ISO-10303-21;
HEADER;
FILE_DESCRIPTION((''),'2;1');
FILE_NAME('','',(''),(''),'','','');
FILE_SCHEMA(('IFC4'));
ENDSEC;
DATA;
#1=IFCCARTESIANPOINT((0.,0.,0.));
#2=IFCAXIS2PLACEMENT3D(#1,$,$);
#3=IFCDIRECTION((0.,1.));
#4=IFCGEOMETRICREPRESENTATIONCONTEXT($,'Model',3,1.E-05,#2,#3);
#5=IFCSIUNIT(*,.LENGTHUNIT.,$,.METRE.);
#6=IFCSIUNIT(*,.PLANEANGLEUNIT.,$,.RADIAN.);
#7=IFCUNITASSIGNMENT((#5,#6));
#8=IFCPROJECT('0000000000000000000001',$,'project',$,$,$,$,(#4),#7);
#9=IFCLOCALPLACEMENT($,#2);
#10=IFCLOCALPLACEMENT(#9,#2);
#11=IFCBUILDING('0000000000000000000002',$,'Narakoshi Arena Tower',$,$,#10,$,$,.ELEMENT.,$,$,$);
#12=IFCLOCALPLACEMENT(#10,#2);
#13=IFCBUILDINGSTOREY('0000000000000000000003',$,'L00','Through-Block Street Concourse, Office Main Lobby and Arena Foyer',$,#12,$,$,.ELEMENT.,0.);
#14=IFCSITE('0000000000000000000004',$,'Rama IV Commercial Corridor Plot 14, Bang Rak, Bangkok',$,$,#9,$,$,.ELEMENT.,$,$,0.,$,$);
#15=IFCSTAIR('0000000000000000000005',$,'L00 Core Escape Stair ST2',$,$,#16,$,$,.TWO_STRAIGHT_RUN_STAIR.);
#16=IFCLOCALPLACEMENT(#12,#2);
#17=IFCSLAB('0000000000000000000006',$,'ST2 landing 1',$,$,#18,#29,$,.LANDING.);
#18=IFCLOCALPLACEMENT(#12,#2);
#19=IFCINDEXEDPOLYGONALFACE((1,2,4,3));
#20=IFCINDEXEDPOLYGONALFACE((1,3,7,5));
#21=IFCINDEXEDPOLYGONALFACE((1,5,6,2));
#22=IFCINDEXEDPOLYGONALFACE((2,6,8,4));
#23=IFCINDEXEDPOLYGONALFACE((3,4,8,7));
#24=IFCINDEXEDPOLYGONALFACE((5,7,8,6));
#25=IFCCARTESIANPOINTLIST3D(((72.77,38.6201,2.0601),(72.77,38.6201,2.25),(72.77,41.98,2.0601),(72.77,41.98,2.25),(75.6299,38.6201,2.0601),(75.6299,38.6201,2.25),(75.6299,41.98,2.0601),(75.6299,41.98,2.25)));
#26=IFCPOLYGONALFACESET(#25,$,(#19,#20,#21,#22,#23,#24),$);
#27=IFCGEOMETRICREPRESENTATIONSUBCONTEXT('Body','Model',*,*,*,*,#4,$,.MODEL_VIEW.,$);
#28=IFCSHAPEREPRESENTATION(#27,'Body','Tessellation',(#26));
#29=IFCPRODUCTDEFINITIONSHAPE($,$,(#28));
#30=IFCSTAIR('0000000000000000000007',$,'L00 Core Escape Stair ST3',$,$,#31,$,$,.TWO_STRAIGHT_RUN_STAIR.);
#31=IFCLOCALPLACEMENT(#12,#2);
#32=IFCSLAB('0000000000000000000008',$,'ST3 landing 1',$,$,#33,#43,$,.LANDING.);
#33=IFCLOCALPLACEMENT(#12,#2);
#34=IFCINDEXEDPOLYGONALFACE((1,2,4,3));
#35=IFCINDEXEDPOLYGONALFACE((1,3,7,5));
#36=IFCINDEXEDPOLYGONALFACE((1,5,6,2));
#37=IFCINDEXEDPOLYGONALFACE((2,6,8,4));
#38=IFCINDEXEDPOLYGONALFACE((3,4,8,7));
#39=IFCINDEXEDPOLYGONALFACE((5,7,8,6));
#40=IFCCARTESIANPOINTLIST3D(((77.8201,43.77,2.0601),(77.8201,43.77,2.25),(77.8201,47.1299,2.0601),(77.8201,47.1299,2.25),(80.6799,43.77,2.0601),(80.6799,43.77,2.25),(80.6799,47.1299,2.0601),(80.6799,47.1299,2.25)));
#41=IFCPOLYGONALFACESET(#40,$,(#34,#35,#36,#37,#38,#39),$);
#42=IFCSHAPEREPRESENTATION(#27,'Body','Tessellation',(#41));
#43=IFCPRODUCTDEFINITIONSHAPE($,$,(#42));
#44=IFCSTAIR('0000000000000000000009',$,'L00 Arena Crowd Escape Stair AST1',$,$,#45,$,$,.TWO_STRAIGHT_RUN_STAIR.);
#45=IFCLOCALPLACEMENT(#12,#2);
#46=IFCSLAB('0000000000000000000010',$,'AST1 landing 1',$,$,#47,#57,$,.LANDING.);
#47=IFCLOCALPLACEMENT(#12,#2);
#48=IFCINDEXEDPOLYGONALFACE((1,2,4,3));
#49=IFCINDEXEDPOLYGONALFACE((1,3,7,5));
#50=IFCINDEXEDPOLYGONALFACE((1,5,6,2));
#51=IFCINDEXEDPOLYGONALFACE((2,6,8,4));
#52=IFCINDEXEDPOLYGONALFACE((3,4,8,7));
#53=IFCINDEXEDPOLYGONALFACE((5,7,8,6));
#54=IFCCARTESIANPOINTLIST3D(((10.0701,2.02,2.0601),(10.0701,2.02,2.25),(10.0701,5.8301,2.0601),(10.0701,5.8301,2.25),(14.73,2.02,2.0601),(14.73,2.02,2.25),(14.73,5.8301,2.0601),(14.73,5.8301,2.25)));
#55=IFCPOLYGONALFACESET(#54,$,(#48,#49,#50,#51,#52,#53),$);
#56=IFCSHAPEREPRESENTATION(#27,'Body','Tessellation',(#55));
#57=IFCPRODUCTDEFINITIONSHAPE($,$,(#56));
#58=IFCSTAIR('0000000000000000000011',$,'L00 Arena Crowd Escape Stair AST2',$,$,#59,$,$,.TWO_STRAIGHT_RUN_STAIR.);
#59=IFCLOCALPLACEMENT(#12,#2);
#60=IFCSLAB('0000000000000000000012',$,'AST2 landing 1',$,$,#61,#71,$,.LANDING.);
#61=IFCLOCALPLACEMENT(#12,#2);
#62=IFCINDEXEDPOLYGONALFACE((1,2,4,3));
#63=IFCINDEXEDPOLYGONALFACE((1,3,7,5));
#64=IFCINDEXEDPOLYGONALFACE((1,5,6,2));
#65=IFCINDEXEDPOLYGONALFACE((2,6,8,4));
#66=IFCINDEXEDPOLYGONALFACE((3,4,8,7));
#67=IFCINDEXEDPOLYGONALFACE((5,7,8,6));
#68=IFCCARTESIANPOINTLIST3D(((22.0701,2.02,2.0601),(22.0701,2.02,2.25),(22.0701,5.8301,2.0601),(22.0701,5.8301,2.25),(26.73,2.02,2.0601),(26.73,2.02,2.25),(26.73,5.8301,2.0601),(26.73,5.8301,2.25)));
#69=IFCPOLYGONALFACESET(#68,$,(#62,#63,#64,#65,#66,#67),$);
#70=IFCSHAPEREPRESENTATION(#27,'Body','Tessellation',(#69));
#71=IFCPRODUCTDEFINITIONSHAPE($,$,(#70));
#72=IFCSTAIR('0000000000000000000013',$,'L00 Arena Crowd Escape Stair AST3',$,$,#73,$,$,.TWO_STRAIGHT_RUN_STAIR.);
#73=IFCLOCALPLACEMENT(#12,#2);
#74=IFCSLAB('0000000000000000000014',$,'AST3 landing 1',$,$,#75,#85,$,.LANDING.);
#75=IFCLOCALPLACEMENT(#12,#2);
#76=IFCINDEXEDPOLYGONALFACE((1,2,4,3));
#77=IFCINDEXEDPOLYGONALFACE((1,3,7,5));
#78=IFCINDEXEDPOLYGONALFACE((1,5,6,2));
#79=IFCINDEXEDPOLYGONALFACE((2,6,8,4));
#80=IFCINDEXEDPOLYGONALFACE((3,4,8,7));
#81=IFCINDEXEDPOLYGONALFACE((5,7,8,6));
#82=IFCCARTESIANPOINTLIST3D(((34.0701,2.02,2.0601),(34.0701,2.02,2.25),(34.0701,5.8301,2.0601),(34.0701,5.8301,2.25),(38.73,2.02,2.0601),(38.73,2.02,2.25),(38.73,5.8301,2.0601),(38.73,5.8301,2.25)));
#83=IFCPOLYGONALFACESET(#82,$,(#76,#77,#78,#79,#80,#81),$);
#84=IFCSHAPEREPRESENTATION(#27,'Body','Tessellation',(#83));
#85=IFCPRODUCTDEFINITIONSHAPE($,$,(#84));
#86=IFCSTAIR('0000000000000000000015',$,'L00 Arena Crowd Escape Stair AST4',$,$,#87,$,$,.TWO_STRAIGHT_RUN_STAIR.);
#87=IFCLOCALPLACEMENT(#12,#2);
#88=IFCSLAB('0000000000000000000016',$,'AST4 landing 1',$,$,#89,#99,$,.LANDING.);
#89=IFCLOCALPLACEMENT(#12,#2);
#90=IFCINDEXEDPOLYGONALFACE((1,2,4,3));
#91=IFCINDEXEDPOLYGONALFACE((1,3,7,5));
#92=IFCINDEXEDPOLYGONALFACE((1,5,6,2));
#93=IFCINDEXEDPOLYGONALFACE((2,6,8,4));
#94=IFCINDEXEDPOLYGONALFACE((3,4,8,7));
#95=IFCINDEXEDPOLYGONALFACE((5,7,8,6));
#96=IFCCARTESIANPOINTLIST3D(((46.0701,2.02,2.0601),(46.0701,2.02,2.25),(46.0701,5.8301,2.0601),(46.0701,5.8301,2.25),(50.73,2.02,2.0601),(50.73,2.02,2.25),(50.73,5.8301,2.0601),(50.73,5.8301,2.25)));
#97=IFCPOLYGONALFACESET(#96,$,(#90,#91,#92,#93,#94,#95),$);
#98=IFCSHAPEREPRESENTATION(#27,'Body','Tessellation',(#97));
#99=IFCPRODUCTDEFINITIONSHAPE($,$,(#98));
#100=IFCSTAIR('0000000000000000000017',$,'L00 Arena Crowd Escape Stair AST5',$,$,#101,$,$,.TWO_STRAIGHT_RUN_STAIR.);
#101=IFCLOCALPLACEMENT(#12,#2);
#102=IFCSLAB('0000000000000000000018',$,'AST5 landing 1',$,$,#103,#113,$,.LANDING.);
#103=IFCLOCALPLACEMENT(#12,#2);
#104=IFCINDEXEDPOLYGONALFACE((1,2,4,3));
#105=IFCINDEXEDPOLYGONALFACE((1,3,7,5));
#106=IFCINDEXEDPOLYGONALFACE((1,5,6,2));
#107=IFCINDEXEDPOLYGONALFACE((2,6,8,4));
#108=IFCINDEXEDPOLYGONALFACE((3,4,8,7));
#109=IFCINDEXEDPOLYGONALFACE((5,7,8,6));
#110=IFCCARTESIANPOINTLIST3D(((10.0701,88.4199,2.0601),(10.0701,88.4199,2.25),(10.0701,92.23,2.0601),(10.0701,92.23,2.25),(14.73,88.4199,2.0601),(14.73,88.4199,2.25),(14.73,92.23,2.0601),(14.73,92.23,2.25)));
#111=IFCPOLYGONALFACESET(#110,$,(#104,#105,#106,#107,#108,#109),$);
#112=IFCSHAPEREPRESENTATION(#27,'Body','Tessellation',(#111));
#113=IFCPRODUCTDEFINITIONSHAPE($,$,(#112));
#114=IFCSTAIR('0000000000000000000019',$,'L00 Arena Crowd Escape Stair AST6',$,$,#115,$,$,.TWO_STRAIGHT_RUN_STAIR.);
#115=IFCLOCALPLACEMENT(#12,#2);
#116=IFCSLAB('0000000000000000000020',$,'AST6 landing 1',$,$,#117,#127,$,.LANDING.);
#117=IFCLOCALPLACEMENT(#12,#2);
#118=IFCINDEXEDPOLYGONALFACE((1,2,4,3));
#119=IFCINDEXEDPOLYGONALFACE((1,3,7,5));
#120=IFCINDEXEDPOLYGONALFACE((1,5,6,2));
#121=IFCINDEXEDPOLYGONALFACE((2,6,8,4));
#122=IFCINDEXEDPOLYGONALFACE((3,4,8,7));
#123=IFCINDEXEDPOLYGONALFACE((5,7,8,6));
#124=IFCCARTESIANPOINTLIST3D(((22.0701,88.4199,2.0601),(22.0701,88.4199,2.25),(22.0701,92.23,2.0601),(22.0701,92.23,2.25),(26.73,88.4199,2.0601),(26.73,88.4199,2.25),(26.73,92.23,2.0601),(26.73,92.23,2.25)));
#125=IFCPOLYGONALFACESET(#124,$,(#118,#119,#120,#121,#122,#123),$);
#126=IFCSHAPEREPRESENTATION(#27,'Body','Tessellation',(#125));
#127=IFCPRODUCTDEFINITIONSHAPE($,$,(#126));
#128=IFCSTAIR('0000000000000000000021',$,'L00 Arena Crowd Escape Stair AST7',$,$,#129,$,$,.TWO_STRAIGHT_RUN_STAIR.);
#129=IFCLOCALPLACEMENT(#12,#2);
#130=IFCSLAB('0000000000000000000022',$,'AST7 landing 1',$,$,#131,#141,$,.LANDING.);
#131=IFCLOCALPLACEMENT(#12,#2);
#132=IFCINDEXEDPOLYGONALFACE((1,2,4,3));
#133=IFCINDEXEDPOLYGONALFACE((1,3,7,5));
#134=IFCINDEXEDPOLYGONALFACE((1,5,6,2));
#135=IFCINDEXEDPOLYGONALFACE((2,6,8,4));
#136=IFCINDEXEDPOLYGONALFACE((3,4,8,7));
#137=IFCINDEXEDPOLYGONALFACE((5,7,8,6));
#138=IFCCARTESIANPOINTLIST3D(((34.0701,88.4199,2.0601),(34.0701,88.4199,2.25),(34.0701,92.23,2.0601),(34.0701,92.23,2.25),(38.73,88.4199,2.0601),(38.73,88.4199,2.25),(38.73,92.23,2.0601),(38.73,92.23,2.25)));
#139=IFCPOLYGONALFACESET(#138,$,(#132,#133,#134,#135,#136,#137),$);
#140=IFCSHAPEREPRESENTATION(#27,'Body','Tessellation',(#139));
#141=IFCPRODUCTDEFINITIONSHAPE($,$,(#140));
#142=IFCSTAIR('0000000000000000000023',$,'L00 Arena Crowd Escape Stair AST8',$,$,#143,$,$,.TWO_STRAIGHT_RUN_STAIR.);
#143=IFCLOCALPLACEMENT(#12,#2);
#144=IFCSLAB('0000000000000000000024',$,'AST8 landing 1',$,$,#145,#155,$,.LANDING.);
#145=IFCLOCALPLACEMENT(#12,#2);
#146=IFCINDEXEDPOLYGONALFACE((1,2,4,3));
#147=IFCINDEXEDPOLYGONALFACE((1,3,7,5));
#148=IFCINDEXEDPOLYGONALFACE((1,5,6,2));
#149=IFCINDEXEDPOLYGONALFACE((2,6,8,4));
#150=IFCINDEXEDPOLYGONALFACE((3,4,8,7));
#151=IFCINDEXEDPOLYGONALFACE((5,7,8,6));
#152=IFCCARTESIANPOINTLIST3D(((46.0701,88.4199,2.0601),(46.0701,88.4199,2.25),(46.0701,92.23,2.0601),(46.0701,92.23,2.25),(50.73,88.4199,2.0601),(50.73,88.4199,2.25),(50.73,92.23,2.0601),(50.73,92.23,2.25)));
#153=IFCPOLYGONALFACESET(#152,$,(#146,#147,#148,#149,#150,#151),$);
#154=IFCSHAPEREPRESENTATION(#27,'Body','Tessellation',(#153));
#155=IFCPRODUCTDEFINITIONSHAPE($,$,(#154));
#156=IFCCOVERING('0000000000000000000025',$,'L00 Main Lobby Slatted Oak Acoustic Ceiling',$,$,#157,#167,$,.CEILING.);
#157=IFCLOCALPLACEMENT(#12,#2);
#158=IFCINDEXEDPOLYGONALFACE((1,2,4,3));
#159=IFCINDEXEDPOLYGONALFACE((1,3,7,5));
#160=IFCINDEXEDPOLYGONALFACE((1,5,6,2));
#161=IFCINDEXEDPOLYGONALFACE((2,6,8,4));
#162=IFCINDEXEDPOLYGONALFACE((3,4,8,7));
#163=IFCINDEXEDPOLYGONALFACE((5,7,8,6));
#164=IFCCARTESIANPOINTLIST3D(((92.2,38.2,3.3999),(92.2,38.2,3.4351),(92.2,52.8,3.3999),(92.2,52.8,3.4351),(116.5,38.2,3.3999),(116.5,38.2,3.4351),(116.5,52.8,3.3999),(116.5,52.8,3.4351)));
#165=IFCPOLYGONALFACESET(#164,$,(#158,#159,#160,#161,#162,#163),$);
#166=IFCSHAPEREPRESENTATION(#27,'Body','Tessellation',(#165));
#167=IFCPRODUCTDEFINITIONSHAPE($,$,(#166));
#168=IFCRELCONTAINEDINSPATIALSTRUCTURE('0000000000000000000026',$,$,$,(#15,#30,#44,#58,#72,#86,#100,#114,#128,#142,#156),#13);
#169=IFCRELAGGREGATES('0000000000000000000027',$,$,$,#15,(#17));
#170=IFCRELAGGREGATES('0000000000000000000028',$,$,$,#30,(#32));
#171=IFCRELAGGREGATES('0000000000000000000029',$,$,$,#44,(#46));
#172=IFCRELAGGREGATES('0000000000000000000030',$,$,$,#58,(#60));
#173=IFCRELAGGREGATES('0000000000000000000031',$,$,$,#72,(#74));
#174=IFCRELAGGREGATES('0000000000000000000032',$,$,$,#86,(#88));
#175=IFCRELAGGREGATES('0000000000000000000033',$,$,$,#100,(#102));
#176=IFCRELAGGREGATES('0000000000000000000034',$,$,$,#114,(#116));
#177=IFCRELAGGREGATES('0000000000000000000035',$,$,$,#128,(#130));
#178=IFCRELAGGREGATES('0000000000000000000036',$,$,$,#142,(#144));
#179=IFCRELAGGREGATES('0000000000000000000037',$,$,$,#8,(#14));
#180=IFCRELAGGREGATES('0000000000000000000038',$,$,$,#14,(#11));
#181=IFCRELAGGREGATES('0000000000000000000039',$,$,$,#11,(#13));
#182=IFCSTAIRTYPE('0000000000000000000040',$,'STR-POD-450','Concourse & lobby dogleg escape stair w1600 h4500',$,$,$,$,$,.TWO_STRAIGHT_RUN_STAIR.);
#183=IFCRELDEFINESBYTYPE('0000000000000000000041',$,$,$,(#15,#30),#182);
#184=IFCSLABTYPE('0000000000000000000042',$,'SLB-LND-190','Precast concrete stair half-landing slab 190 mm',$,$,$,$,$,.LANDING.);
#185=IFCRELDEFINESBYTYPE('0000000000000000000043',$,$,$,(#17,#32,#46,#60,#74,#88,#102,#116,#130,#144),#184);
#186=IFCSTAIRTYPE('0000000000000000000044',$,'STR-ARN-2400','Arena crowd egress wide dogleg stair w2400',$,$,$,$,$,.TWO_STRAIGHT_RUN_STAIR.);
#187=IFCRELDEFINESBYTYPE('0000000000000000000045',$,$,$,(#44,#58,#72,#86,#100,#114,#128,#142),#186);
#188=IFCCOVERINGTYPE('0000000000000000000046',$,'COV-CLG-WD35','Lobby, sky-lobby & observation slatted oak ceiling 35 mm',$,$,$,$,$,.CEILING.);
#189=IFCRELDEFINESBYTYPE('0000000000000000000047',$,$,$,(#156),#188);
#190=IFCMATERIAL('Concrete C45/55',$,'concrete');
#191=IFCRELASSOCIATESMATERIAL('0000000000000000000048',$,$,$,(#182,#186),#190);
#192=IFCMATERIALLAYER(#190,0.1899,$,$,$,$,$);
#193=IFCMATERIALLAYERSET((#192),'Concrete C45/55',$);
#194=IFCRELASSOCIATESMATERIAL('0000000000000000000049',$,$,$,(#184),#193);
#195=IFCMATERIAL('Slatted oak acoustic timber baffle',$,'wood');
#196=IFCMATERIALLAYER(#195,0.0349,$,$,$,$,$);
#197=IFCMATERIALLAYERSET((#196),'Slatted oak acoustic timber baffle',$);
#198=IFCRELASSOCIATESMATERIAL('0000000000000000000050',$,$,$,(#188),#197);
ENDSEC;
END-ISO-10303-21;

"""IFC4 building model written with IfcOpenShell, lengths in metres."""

from ifc_helpers import new_model, si_unit, direction, frame, origin, place, context, subcontext, project, spatial, polyline, outline, extrude, material, layer, layer_set, type_object, element, aggregate, save


model = new_model("IFC4")

# Units and contexts
model_context = context("Model", 3, precision=1e-05, world=origin(), true_north=direction((0.0, 1.0)))
body_context = subcontext(model_context, "Body", "Model", "MODEL_VIEW")
ifc_project = project(units=[si_unit("LENGTHUNIT", "METRE"), si_unit("PLANEANGLEUNIT", "RADIAN")], contexts=[model_context])

# Site, building, storey
site_placement = place(None, origin())
site = spatial("IfcSite", under=ifc_project, at=site_placement, Name="Rama IV Commercial Corridor Plot 14, Bang Rak, Bangkok", CompositionType="ELEMENT", RefElevation=0.0)
building_placement = place(site_placement, origin())
building = spatial("IfcBuilding", under=site, at=building_placement, Name="Narakoshi Arena Tower", CompositionType="ELEMENT")
storey_placement = place(building_placement, origin())
storey = spatial("IfcBuildingStorey", under=building, at=storey_placement, Name="L00", Description="Through-Block Street Concourse, Office Main Lobby and Arena Foyer", CompositionType="ELEMENT", Elevation=0.0)

# Stairs, slabs
ifc_material_1 = material(Name="Concrete C45/55", Category="concrete")
stair_type_1 = type_object("IfcStairType", Name="STR-POD-450", Description="Concourse & lobby dogleg escape stair w1600 h4500", PredefinedType="TWO_STRAIGHT_RUN_STAIR", material=ifc_material_1)
stair_1_placement = place(storey_placement, origin())
stair_1 = element("IfcStair", 1, at=stair_1_placement, inside=storey, type_object=stair_type_1, Name="L00 Core Escape Stair ST2", PredefinedType="TWO_STRAIGHT_RUN_STAIR")
ifc_layer_1 = layer(ifc_material_1, 0.1899)
ifc_layer_set_1 = layer_set([ifc_layer_1], Name="Concrete C45/55")
slab_type = type_object("IfcSlabType", Name="SLB-LND-190", Description="Precast concrete stair half-landing slab 190 mm", PredefinedType="LANDING", material=ifc_layer_set_1)
slab_1_placement = place(storey_placement, frame((0.0, 0.0, 2.0601)))
slab_1 = element("IfcSlab", 2, at=slab_1_placement, type_object=slab_type, Name="ST2 landing 1", PredefinedType="LANDING", context=body_context, shape_type="SweptSolid", body=[
    extrude(outline(polyline([(72.77, 38.6201), (75.6299, 38.6201), (75.6299, 41.98), (72.77, 41.98), (72.77, 38.6201)])), origin(), (0.0, 0.0, 1.0), 0.1899),
])
aggregate(stair_1, [slab_1])
stair_2_placement = place(storey_placement, origin())
stair_2 = element("IfcStair", 3, at=stair_2_placement, inside=storey, type_object=stair_type_1, Name="L00 Core Escape Stair ST3", PredefinedType="TWO_STRAIGHT_RUN_STAIR")
slab_2_placement = place(storey_placement, frame((0.0, 0.0, 2.0601)))
slab_2 = element("IfcSlab", 4, at=slab_2_placement, type_object=slab_type, Name="ST3 landing 1", PredefinedType="LANDING", context=body_context, shape_type="SweptSolid", body=[
    extrude(outline(polyline([(77.8201, 43.77), (80.6799, 43.77), (80.6799, 47.1299), (77.8201, 47.1299), (77.8201, 43.77)])), origin(), (0.0, 0.0, 1.0), 0.1899),
])
aggregate(stair_2, [slab_2])
stair_type_2 = type_object("IfcStairType", Name="STR-ARN-2400", Description="Arena crowd egress wide dogleg stair w2400", PredefinedType="TWO_STRAIGHT_RUN_STAIR", material=ifc_material_1)
stair_3_placement = place(storey_placement, origin())
stair_3 = element("IfcStair", 5, at=stair_3_placement, inside=storey, type_object=stair_type_2, Name="L00 Arena Crowd Escape Stair AST1", PredefinedType="TWO_STRAIGHT_RUN_STAIR")
slab_3_placement = place(storey_placement, frame((0.0, 0.0, 2.0601)))
slab_3 = element("IfcSlab", 6, at=slab_3_placement, type_object=slab_type, Name="AST1 landing 1", PredefinedType="LANDING", context=body_context, shape_type="SweptSolid", body=[
    extrude(outline(polyline([(10.0701, 2.02), (14.73, 2.02), (14.73, 5.8301), (10.0701, 5.8301), (10.0701, 2.02)])), origin(), (0.0, 0.0, 1.0), 0.1899),
])
aggregate(stair_3, [slab_3])
stair_4_placement = place(storey_placement, origin())
stair_4 = element("IfcStair", 7, at=stair_4_placement, inside=storey, type_object=stair_type_2, Name="L00 Arena Crowd Escape Stair AST2", PredefinedType="TWO_STRAIGHT_RUN_STAIR")
slab_4_placement = place(storey_placement, frame((0.0, 0.0, 2.0601)))
slab_4 = element("IfcSlab", 8, at=slab_4_placement, type_object=slab_type, Name="AST2 landing 1", PredefinedType="LANDING", context=body_context, shape_type="SweptSolid", body=[
    extrude(outline(polyline([(22.0701, 2.02), (26.73, 2.02), (26.73, 5.8301), (22.0701, 5.8301), (22.0701, 2.02)])), origin(), (0.0, 0.0, 1.0), 0.1899),
])
aggregate(stair_4, [slab_4])
stair_5_placement = place(storey_placement, origin())
stair_5 = element("IfcStair", 9, at=stair_5_placement, inside=storey, type_object=stair_type_2, Name="L00 Arena Crowd Escape Stair AST3", PredefinedType="TWO_STRAIGHT_RUN_STAIR")
slab_5_placement = place(storey_placement, frame((0.0, 0.0, 2.0601)))
slab_5 = element("IfcSlab", 10, at=slab_5_placement, type_object=slab_type, Name="AST3 landing 1", PredefinedType="LANDING", context=body_context, shape_type="SweptSolid", body=[
    extrude(outline(polyline([(34.0701, 2.02), (38.73, 2.02), (38.73, 5.8301), (34.0701, 5.8301), (34.0701, 2.02)])), origin(), (0.0, 0.0, 1.0), 0.1899),
])
aggregate(stair_5, [slab_5])
stair_6_placement = place(storey_placement, origin())
stair_6 = element("IfcStair", 11, at=stair_6_placement, inside=storey, type_object=stair_type_2, Name="L00 Arena Crowd Escape Stair AST4", PredefinedType="TWO_STRAIGHT_RUN_STAIR")
slab_6_placement = place(storey_placement, frame((0.0, 0.0, 2.0601)))
slab_6 = element("IfcSlab", 12, at=slab_6_placement, type_object=slab_type, Name="AST4 landing 1", PredefinedType="LANDING", context=body_context, shape_type="SweptSolid", body=[
    extrude(outline(polyline([(46.0701, 2.02), (50.73, 2.02), (50.73, 5.8301), (46.0701, 5.8301), (46.0701, 2.02)])), origin(), (0.0, 0.0, 1.0), 0.1899),
])
aggregate(stair_6, [slab_6])
stair_7_placement = place(storey_placement, origin())
stair_7 = element("IfcStair", 13, at=stair_7_placement, inside=storey, type_object=stair_type_2, Name="L00 Arena Crowd Escape Stair AST5", PredefinedType="TWO_STRAIGHT_RUN_STAIR")
slab_7_placement = place(storey_placement, frame((0.0, 0.0, 2.0601)))
slab_7 = element("IfcSlab", 14, at=slab_7_placement, type_object=slab_type, Name="AST5 landing 1", PredefinedType="LANDING", context=body_context, shape_type="SweptSolid", body=[
    extrude(outline(polyline([(10.0701, 88.4199), (14.73, 88.4199), (14.73, 92.23), (10.0701, 92.23), (10.0701, 88.4199)])), origin(), (0.0, 0.0, 1.0), 0.1899),
])
aggregate(stair_7, [slab_7])
stair_8_placement = place(storey_placement, origin())
stair_8 = element("IfcStair", 15, at=stair_8_placement, inside=storey, type_object=stair_type_2, Name="L00 Arena Crowd Escape Stair AST6", PredefinedType="TWO_STRAIGHT_RUN_STAIR")
slab_8_placement = place(storey_placement, frame((0.0, 0.0, 2.0601)))
slab_8 = element("IfcSlab", 16, at=slab_8_placement, type_object=slab_type, Name="AST6 landing 1", PredefinedType="LANDING", context=body_context, shape_type="SweptSolid", body=[
    extrude(outline(polyline([(22.0701, 88.4199), (26.73, 88.4199), (26.73, 92.23), (22.0701, 92.23), (22.0701, 88.4199)])), origin(), (0.0, 0.0, 1.0), 0.1899),
])
aggregate(stair_8, [slab_8])
stair_9_placement = place(storey_placement, origin())
stair_9 = element("IfcStair", 17, at=stair_9_placement, inside=storey, type_object=stair_type_2, Name="L00 Arena Crowd Escape Stair AST7", PredefinedType="TWO_STRAIGHT_RUN_STAIR")
slab_9_placement = place(storey_placement, frame((0.0, 0.0, 2.0601)))
slab_9 = element("IfcSlab", 18, at=slab_9_placement, type_object=slab_type, Name="AST7 landing 1", PredefinedType="LANDING", context=body_context, shape_type="SweptSolid", body=[
    extrude(outline(polyline([(34.0701, 88.4199), (38.73, 88.4199), (38.73, 92.23), (34.0701, 92.23), (34.0701, 88.4199)])), origin(), (0.0, 0.0, 1.0), 0.1899),
])
aggregate(stair_9, [slab_9])
stair_10_placement = place(storey_placement, origin())
stair_10 = element("IfcStair", 19, at=stair_10_placement, inside=storey, type_object=stair_type_2, Name="L00 Arena Crowd Escape Stair AST8", PredefinedType="TWO_STRAIGHT_RUN_STAIR")
slab_10_placement = place(storey_placement, frame((0.0, 0.0, 2.0601)))
slab_10 = element("IfcSlab", 20, at=slab_10_placement, type_object=slab_type, Name="AST8 landing 1", PredefinedType="LANDING", context=body_context, shape_type="SweptSolid", body=[
    extrude(outline(polyline([(46.0701, 88.4199), (50.73, 88.4199), (50.73, 92.23), (46.0701, 92.23), (46.0701, 88.4199)])), origin(), (0.0, 0.0, 1.0), 0.1899),
])
aggregate(stair_10, [slab_10])

# Covering
ifc_material_2 = material(Name="Slatted oak acoustic timber baffle", Category="wood")
ifc_layer_2 = layer(ifc_material_2, 0.0349)
ifc_layer_set_2 = layer_set([ifc_layer_2], Name="Slatted oak acoustic timber baffle")
covering_type = type_object("IfcCoveringType", Name="COV-CLG-WD35", Description="Lobby, sky-lobby & observation slatted oak ceiling 35 mm", PredefinedType="CEILING", material=ifc_layer_set_2)
covering_placement = place(storey_placement, frame((0.0, 0.0, 3.3999)))
element("IfcCovering", 21, at=covering_placement, inside=storey, type_object=covering_type, Name="L00 Main Lobby Slatted Oak Acoustic Ceiling", PredefinedType="CEILING", context=body_context, shape_type="SweptSolid", body=[
    extrude(outline(polyline([(92.2, 38.2), (116.5, 38.2), (116.5, 52.8), (92.2, 52.8), (92.2, 38.2)])), origin(), (0.0, 0.0, 1.0), 0.0352),
])

save(model, "model.ifc")
